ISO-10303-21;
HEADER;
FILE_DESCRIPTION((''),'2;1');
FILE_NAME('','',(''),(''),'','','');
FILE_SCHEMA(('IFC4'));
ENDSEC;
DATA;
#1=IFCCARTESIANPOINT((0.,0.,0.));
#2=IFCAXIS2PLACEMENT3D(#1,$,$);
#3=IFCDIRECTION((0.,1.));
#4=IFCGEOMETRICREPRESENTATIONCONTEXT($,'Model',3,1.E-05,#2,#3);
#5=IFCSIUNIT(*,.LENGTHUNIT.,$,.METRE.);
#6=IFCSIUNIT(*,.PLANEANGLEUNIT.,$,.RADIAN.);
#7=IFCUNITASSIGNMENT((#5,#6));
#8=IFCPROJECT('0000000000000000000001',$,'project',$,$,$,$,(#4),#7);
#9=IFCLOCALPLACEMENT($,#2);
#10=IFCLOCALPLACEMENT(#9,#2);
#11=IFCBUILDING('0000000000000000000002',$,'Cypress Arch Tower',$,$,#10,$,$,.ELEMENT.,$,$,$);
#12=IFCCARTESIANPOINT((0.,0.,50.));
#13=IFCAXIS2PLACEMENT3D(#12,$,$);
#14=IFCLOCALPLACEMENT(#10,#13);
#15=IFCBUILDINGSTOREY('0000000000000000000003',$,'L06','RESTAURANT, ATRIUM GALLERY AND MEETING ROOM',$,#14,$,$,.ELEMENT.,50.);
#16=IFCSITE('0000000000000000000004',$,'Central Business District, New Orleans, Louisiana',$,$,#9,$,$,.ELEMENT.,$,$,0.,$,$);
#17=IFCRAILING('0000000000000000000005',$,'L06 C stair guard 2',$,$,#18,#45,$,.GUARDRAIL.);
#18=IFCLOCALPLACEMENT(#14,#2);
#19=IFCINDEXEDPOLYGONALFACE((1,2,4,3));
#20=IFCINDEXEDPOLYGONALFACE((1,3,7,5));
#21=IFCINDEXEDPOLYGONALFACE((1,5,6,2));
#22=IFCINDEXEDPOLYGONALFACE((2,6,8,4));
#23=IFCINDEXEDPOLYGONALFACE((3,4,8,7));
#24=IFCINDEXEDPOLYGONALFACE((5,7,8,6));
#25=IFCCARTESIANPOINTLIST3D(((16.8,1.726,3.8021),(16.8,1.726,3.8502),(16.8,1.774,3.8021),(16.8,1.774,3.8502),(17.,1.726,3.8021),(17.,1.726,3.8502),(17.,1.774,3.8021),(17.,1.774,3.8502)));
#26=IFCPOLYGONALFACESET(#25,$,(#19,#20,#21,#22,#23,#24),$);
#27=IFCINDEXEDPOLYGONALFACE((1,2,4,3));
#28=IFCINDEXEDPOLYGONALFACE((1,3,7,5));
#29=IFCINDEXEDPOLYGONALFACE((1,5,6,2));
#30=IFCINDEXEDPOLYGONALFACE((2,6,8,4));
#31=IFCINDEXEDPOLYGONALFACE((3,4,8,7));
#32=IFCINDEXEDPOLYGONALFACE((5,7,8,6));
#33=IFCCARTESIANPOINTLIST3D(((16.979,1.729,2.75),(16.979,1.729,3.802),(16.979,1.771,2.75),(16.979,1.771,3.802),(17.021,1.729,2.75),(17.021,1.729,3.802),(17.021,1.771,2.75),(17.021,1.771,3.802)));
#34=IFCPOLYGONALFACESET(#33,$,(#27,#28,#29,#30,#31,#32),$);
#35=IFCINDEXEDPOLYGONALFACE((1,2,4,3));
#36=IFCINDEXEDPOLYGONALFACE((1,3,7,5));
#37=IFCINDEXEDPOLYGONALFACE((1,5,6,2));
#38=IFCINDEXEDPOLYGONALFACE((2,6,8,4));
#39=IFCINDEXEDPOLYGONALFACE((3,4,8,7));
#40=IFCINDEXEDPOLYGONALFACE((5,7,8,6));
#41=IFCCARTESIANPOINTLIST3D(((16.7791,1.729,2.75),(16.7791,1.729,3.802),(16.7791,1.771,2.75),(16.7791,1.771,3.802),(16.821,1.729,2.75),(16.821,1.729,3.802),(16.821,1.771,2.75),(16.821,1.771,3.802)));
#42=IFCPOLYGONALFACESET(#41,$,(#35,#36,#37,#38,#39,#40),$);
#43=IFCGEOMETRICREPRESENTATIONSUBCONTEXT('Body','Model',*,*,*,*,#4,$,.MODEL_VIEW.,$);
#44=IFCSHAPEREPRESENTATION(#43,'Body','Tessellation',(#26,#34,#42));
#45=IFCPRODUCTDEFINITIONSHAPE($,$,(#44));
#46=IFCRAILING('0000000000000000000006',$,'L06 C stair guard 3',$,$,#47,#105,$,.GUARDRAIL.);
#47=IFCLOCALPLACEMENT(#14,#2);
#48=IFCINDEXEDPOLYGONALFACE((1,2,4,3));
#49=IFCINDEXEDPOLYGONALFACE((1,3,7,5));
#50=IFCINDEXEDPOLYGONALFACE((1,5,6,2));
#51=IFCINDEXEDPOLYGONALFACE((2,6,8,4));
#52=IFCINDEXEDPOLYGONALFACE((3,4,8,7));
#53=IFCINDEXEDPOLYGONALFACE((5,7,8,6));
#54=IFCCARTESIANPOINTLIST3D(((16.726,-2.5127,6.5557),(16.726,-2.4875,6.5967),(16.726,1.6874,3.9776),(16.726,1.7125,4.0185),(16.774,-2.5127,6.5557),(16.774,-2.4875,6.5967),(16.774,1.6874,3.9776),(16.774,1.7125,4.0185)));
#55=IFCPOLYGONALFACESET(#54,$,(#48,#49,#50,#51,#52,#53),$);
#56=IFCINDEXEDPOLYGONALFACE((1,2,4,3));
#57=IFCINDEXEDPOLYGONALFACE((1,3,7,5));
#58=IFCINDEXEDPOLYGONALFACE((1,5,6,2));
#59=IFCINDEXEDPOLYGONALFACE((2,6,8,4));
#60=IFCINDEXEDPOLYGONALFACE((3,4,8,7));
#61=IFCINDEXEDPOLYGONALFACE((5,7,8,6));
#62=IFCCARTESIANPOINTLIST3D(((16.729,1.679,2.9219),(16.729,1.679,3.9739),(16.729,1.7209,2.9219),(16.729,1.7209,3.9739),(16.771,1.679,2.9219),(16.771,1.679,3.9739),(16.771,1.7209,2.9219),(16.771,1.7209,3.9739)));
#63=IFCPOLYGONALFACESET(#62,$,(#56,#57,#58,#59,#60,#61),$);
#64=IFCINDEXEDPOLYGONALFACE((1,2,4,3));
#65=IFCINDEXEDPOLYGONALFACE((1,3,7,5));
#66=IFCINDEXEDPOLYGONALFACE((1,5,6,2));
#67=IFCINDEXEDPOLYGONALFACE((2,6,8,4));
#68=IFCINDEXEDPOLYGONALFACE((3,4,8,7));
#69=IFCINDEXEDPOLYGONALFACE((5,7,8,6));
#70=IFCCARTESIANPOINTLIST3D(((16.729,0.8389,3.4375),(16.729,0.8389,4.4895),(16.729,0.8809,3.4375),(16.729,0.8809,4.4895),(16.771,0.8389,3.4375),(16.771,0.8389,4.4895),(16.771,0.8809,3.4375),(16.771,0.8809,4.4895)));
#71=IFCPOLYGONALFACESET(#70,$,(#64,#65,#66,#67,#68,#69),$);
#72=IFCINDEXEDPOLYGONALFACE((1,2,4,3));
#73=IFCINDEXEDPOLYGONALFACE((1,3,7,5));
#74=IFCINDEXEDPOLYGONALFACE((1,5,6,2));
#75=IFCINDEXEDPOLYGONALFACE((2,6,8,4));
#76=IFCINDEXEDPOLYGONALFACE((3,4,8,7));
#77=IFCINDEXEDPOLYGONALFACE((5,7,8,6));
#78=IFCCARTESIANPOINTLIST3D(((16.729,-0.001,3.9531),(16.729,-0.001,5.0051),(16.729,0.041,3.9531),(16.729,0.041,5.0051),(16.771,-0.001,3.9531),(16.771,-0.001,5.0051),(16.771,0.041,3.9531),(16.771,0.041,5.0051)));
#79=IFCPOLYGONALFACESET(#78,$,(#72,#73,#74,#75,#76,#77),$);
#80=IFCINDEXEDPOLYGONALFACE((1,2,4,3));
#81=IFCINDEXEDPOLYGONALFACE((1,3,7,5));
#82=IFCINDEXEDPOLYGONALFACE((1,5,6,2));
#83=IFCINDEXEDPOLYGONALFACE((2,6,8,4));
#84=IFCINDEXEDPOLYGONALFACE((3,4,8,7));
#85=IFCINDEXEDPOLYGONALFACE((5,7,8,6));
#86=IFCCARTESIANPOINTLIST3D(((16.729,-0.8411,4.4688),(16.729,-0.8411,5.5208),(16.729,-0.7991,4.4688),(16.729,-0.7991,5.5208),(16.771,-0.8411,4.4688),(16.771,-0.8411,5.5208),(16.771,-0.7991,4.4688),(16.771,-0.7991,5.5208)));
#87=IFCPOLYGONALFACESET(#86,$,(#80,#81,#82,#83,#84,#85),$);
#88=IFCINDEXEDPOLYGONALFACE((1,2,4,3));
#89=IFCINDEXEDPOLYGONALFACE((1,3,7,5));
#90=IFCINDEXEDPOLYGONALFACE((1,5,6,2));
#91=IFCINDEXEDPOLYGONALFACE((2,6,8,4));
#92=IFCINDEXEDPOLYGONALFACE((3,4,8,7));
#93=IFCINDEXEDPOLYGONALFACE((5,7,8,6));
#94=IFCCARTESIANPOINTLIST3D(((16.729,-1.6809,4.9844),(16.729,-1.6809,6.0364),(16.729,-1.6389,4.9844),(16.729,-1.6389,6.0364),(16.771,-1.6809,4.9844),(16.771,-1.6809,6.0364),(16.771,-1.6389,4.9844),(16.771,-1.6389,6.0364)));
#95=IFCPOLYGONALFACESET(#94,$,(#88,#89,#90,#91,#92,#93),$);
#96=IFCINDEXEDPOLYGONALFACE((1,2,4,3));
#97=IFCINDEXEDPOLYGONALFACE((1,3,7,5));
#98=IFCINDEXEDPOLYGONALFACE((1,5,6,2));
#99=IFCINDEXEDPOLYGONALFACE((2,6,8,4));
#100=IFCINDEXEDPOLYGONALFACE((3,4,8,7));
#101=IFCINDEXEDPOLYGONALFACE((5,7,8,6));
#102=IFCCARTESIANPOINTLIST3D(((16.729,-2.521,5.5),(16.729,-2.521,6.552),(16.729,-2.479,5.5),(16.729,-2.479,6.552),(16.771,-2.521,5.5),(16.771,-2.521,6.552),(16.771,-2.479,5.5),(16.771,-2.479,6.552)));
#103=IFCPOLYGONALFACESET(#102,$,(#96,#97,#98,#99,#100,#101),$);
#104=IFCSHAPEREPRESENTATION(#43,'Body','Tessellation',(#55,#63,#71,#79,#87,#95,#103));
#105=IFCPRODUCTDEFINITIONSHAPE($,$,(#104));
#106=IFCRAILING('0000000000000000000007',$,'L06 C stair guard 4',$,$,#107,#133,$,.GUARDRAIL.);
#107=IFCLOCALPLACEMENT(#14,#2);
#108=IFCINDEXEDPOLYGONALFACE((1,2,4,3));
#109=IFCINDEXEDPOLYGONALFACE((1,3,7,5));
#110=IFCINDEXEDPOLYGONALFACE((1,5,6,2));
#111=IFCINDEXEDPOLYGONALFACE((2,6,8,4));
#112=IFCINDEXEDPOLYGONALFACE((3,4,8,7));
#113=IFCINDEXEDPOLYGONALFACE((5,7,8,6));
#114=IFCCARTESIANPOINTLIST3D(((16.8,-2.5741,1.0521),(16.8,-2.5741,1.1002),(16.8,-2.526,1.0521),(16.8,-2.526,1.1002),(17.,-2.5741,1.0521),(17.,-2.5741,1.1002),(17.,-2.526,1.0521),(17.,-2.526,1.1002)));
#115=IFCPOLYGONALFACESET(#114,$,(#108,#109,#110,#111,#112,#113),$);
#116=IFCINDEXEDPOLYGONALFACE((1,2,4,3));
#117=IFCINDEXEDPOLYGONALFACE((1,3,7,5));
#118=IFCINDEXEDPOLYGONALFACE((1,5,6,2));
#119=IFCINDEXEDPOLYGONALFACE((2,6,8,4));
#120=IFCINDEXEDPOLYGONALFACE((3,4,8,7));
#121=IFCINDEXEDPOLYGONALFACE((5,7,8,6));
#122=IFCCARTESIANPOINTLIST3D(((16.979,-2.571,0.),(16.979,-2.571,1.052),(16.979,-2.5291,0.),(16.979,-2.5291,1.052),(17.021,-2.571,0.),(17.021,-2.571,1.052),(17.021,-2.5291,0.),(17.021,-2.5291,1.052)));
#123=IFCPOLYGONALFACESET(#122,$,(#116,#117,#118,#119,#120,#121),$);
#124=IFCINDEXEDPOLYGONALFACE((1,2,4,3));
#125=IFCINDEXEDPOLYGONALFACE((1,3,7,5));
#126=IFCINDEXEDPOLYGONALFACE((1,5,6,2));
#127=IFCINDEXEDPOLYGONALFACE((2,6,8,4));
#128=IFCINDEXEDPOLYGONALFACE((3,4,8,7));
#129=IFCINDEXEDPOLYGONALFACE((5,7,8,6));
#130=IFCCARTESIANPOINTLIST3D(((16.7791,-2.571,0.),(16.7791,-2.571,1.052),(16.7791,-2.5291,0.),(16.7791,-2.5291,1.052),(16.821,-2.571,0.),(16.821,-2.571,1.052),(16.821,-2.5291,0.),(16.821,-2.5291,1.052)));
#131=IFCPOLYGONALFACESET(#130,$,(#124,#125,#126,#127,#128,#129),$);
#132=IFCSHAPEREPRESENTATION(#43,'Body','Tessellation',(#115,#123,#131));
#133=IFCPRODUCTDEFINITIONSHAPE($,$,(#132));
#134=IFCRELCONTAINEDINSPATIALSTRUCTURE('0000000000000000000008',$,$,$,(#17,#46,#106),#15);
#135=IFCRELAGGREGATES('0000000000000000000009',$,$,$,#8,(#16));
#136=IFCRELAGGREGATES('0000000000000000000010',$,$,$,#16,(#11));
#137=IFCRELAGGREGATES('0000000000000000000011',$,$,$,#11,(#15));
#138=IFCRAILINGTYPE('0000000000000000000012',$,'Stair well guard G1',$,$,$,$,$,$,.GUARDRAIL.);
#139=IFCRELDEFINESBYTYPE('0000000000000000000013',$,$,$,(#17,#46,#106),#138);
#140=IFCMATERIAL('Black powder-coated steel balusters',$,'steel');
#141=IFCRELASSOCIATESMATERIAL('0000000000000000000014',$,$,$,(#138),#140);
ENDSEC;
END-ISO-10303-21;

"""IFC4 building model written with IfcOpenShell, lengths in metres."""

from ifc_helpers import new_model, si_unit, direction, frame, origin, origin_2d, place, context, subcontext, project, spatial, rectangle, extrude, material, type_object, element, save


model = new_model("IFC4")

# Units and contexts
model_context = context("Model", 3, precision=1e-05, world=origin(), true_north=direction((0.0, 1.0)))
body_context = subcontext(model_context, "Body", "Model", "MODEL_VIEW")
ifc_project = project(units=[si_unit("LENGTHUNIT", "METRE"), si_unit("PLANEANGLEUNIT", "RADIAN")], contexts=[model_context])

# Site, building, storey
site_placement = place(None, origin())
site = spatial("IfcSite", under=ifc_project, at=site_placement, Name="Central Business District, New Orleans, Louisiana", CompositionType="ELEMENT", RefElevation=0.0)
building_placement = place(site_placement, origin())
building = spatial("IfcBuilding", under=site, at=building_placement, Name="Cypress Arch Tower", CompositionType="ELEMENT")
storey_placement = place(building_placement, frame((0.0, 0.0, 50.0)))
storey = spatial("IfcBuildingStorey", under=building, at=storey_placement, Name="L06", Description="RESTAURANT, ATRIUM GALLERY AND MEETING ROOM", CompositionType="ELEMENT", Elevation=50.0)

# Railings
ifc_material_1 = material(Name="Black powder-coated steel balusters", Category="steel")
railing_type_1 = type_object("IfcRailingType", Name="Stair well guard G1", PredefinedType="GUARDRAIL", material=ifc_material_1)
railing_1_placement = place(storey_placement, frame((17.0, 1.75, 2.75)))
element("IfcRailing", 1, at=railing_1_placement, inside=storey, type_object=railing_type_1, Name="L06 C stair guard 2", PredefinedType="GUARDRAIL", context=body_context, shape_type="SweptSolid", body=[
    extrude(rectangle(XDim=0.0481, YDim=0.0481, at=origin_2d()), frame((0.0, 0.0, 1.0762), z_axis=(-1.0, 0.0, 0.0), x_axis=(0.0, -1.0, 0.0)), (0.0, 0.0, 1.0), 0.2),
    extrude(rectangle(XDim=0.042, YDim=0.042, at=origin_2d()), origin(), (0.0, 0.0, 1.0), 1.052),
    extrude(rectangle(XDim=0.042, YDim=0.042, at=origin_2d()), frame((-0.2, 0.0, 0.0)), (0.0, 0.0, 1.0), 1.052),
])
railing_2_placement = place(storey_placement, frame((16.75, 1.7, 2.9219)))
element("IfcRailing", 2, at=railing_2_placement, inside=storey, type_object=railing_type_1, Name="L06 C stair guard 3", PredefinedType="GUARDRAIL", context=body_context, shape_type="SweptSolid", body=[
    extrude(rectangle(XDim=0.0481, YDim=0.0481, at=origin_2d()), frame((0.0, 0.0, 1.0762), z_axis=(0.0, -0.852243, 0.523146), x_axis=(1.0, 0.0, 0.0)), (0.0, 0.0, 1.0), 4.9282),
    extrude(rectangle(XDim=0.042, YDim=0.042, at=origin_2d()), origin(), (0.0, 0.0, 1.0), 1.052),
    extrude(rectangle(XDim=0.042, YDim=0.042, at=origin_2d()), frame((0.0, -0.8401, 0.5156)), (0.0, 0.0, 1.0), 1.052),
    extrude(rectangle(XDim=0.042, YDim=0.042, at=origin_2d()), frame((0.0, -1.6799, 1.0312)), (0.0, 0.0, 1.0), 1.052),
    extrude(rectangle(XDim=0.042, YDim=0.042, at=origin_2d()), frame((0.0, -2.52, 1.5469)), (0.0, 0.0, 1.0), 1.052),
    extrude(rectangle(XDim=0.042, YDim=0.042, at=origin_2d()), frame((0.0, -3.3599, 2.0625)), (0.0, 0.0, 1.0), 1.052),
    extrude(rectangle(XDim=0.042, YDim=0.042, at=origin_2d()), frame((0.0, -4.2, 2.5781)), (0.0, 0.0, 1.0), 1.052),
])
railing_3_placement = place(storey_placement, frame((17.0, -2.55, 0.0)))
element("IfcRailing", 3, at=railing_3_placement, inside=storey, type_object=railing_type_1, Name="L06 C stair guard 4", PredefinedType="GUARDRAIL", context=body_context, shape_type="SweptSolid", body=[
    extrude(rectangle(XDim=0.0481, YDim=0.0481, at=origin_2d()), frame((0.0, 0.0, 1.0762), z_axis=(-1.0, 0.0, 0.0), x_axis=(0.0, -1.0, 0.0)), (0.0, 0.0, 1.0), 0.2),
    extrude(rectangle(XDim=0.042, YDim=0.042, at=origin_2d()), origin(), (0.0, 0.0, 1.0), 1.052),
    extrude(rectangle(XDim=0.042, YDim=0.042, at=origin_2d()), frame((-0.2, 0.0, 0.0)), (0.0, 0.0, 1.0), 1.052),
])

save(model, "model.ifc")
